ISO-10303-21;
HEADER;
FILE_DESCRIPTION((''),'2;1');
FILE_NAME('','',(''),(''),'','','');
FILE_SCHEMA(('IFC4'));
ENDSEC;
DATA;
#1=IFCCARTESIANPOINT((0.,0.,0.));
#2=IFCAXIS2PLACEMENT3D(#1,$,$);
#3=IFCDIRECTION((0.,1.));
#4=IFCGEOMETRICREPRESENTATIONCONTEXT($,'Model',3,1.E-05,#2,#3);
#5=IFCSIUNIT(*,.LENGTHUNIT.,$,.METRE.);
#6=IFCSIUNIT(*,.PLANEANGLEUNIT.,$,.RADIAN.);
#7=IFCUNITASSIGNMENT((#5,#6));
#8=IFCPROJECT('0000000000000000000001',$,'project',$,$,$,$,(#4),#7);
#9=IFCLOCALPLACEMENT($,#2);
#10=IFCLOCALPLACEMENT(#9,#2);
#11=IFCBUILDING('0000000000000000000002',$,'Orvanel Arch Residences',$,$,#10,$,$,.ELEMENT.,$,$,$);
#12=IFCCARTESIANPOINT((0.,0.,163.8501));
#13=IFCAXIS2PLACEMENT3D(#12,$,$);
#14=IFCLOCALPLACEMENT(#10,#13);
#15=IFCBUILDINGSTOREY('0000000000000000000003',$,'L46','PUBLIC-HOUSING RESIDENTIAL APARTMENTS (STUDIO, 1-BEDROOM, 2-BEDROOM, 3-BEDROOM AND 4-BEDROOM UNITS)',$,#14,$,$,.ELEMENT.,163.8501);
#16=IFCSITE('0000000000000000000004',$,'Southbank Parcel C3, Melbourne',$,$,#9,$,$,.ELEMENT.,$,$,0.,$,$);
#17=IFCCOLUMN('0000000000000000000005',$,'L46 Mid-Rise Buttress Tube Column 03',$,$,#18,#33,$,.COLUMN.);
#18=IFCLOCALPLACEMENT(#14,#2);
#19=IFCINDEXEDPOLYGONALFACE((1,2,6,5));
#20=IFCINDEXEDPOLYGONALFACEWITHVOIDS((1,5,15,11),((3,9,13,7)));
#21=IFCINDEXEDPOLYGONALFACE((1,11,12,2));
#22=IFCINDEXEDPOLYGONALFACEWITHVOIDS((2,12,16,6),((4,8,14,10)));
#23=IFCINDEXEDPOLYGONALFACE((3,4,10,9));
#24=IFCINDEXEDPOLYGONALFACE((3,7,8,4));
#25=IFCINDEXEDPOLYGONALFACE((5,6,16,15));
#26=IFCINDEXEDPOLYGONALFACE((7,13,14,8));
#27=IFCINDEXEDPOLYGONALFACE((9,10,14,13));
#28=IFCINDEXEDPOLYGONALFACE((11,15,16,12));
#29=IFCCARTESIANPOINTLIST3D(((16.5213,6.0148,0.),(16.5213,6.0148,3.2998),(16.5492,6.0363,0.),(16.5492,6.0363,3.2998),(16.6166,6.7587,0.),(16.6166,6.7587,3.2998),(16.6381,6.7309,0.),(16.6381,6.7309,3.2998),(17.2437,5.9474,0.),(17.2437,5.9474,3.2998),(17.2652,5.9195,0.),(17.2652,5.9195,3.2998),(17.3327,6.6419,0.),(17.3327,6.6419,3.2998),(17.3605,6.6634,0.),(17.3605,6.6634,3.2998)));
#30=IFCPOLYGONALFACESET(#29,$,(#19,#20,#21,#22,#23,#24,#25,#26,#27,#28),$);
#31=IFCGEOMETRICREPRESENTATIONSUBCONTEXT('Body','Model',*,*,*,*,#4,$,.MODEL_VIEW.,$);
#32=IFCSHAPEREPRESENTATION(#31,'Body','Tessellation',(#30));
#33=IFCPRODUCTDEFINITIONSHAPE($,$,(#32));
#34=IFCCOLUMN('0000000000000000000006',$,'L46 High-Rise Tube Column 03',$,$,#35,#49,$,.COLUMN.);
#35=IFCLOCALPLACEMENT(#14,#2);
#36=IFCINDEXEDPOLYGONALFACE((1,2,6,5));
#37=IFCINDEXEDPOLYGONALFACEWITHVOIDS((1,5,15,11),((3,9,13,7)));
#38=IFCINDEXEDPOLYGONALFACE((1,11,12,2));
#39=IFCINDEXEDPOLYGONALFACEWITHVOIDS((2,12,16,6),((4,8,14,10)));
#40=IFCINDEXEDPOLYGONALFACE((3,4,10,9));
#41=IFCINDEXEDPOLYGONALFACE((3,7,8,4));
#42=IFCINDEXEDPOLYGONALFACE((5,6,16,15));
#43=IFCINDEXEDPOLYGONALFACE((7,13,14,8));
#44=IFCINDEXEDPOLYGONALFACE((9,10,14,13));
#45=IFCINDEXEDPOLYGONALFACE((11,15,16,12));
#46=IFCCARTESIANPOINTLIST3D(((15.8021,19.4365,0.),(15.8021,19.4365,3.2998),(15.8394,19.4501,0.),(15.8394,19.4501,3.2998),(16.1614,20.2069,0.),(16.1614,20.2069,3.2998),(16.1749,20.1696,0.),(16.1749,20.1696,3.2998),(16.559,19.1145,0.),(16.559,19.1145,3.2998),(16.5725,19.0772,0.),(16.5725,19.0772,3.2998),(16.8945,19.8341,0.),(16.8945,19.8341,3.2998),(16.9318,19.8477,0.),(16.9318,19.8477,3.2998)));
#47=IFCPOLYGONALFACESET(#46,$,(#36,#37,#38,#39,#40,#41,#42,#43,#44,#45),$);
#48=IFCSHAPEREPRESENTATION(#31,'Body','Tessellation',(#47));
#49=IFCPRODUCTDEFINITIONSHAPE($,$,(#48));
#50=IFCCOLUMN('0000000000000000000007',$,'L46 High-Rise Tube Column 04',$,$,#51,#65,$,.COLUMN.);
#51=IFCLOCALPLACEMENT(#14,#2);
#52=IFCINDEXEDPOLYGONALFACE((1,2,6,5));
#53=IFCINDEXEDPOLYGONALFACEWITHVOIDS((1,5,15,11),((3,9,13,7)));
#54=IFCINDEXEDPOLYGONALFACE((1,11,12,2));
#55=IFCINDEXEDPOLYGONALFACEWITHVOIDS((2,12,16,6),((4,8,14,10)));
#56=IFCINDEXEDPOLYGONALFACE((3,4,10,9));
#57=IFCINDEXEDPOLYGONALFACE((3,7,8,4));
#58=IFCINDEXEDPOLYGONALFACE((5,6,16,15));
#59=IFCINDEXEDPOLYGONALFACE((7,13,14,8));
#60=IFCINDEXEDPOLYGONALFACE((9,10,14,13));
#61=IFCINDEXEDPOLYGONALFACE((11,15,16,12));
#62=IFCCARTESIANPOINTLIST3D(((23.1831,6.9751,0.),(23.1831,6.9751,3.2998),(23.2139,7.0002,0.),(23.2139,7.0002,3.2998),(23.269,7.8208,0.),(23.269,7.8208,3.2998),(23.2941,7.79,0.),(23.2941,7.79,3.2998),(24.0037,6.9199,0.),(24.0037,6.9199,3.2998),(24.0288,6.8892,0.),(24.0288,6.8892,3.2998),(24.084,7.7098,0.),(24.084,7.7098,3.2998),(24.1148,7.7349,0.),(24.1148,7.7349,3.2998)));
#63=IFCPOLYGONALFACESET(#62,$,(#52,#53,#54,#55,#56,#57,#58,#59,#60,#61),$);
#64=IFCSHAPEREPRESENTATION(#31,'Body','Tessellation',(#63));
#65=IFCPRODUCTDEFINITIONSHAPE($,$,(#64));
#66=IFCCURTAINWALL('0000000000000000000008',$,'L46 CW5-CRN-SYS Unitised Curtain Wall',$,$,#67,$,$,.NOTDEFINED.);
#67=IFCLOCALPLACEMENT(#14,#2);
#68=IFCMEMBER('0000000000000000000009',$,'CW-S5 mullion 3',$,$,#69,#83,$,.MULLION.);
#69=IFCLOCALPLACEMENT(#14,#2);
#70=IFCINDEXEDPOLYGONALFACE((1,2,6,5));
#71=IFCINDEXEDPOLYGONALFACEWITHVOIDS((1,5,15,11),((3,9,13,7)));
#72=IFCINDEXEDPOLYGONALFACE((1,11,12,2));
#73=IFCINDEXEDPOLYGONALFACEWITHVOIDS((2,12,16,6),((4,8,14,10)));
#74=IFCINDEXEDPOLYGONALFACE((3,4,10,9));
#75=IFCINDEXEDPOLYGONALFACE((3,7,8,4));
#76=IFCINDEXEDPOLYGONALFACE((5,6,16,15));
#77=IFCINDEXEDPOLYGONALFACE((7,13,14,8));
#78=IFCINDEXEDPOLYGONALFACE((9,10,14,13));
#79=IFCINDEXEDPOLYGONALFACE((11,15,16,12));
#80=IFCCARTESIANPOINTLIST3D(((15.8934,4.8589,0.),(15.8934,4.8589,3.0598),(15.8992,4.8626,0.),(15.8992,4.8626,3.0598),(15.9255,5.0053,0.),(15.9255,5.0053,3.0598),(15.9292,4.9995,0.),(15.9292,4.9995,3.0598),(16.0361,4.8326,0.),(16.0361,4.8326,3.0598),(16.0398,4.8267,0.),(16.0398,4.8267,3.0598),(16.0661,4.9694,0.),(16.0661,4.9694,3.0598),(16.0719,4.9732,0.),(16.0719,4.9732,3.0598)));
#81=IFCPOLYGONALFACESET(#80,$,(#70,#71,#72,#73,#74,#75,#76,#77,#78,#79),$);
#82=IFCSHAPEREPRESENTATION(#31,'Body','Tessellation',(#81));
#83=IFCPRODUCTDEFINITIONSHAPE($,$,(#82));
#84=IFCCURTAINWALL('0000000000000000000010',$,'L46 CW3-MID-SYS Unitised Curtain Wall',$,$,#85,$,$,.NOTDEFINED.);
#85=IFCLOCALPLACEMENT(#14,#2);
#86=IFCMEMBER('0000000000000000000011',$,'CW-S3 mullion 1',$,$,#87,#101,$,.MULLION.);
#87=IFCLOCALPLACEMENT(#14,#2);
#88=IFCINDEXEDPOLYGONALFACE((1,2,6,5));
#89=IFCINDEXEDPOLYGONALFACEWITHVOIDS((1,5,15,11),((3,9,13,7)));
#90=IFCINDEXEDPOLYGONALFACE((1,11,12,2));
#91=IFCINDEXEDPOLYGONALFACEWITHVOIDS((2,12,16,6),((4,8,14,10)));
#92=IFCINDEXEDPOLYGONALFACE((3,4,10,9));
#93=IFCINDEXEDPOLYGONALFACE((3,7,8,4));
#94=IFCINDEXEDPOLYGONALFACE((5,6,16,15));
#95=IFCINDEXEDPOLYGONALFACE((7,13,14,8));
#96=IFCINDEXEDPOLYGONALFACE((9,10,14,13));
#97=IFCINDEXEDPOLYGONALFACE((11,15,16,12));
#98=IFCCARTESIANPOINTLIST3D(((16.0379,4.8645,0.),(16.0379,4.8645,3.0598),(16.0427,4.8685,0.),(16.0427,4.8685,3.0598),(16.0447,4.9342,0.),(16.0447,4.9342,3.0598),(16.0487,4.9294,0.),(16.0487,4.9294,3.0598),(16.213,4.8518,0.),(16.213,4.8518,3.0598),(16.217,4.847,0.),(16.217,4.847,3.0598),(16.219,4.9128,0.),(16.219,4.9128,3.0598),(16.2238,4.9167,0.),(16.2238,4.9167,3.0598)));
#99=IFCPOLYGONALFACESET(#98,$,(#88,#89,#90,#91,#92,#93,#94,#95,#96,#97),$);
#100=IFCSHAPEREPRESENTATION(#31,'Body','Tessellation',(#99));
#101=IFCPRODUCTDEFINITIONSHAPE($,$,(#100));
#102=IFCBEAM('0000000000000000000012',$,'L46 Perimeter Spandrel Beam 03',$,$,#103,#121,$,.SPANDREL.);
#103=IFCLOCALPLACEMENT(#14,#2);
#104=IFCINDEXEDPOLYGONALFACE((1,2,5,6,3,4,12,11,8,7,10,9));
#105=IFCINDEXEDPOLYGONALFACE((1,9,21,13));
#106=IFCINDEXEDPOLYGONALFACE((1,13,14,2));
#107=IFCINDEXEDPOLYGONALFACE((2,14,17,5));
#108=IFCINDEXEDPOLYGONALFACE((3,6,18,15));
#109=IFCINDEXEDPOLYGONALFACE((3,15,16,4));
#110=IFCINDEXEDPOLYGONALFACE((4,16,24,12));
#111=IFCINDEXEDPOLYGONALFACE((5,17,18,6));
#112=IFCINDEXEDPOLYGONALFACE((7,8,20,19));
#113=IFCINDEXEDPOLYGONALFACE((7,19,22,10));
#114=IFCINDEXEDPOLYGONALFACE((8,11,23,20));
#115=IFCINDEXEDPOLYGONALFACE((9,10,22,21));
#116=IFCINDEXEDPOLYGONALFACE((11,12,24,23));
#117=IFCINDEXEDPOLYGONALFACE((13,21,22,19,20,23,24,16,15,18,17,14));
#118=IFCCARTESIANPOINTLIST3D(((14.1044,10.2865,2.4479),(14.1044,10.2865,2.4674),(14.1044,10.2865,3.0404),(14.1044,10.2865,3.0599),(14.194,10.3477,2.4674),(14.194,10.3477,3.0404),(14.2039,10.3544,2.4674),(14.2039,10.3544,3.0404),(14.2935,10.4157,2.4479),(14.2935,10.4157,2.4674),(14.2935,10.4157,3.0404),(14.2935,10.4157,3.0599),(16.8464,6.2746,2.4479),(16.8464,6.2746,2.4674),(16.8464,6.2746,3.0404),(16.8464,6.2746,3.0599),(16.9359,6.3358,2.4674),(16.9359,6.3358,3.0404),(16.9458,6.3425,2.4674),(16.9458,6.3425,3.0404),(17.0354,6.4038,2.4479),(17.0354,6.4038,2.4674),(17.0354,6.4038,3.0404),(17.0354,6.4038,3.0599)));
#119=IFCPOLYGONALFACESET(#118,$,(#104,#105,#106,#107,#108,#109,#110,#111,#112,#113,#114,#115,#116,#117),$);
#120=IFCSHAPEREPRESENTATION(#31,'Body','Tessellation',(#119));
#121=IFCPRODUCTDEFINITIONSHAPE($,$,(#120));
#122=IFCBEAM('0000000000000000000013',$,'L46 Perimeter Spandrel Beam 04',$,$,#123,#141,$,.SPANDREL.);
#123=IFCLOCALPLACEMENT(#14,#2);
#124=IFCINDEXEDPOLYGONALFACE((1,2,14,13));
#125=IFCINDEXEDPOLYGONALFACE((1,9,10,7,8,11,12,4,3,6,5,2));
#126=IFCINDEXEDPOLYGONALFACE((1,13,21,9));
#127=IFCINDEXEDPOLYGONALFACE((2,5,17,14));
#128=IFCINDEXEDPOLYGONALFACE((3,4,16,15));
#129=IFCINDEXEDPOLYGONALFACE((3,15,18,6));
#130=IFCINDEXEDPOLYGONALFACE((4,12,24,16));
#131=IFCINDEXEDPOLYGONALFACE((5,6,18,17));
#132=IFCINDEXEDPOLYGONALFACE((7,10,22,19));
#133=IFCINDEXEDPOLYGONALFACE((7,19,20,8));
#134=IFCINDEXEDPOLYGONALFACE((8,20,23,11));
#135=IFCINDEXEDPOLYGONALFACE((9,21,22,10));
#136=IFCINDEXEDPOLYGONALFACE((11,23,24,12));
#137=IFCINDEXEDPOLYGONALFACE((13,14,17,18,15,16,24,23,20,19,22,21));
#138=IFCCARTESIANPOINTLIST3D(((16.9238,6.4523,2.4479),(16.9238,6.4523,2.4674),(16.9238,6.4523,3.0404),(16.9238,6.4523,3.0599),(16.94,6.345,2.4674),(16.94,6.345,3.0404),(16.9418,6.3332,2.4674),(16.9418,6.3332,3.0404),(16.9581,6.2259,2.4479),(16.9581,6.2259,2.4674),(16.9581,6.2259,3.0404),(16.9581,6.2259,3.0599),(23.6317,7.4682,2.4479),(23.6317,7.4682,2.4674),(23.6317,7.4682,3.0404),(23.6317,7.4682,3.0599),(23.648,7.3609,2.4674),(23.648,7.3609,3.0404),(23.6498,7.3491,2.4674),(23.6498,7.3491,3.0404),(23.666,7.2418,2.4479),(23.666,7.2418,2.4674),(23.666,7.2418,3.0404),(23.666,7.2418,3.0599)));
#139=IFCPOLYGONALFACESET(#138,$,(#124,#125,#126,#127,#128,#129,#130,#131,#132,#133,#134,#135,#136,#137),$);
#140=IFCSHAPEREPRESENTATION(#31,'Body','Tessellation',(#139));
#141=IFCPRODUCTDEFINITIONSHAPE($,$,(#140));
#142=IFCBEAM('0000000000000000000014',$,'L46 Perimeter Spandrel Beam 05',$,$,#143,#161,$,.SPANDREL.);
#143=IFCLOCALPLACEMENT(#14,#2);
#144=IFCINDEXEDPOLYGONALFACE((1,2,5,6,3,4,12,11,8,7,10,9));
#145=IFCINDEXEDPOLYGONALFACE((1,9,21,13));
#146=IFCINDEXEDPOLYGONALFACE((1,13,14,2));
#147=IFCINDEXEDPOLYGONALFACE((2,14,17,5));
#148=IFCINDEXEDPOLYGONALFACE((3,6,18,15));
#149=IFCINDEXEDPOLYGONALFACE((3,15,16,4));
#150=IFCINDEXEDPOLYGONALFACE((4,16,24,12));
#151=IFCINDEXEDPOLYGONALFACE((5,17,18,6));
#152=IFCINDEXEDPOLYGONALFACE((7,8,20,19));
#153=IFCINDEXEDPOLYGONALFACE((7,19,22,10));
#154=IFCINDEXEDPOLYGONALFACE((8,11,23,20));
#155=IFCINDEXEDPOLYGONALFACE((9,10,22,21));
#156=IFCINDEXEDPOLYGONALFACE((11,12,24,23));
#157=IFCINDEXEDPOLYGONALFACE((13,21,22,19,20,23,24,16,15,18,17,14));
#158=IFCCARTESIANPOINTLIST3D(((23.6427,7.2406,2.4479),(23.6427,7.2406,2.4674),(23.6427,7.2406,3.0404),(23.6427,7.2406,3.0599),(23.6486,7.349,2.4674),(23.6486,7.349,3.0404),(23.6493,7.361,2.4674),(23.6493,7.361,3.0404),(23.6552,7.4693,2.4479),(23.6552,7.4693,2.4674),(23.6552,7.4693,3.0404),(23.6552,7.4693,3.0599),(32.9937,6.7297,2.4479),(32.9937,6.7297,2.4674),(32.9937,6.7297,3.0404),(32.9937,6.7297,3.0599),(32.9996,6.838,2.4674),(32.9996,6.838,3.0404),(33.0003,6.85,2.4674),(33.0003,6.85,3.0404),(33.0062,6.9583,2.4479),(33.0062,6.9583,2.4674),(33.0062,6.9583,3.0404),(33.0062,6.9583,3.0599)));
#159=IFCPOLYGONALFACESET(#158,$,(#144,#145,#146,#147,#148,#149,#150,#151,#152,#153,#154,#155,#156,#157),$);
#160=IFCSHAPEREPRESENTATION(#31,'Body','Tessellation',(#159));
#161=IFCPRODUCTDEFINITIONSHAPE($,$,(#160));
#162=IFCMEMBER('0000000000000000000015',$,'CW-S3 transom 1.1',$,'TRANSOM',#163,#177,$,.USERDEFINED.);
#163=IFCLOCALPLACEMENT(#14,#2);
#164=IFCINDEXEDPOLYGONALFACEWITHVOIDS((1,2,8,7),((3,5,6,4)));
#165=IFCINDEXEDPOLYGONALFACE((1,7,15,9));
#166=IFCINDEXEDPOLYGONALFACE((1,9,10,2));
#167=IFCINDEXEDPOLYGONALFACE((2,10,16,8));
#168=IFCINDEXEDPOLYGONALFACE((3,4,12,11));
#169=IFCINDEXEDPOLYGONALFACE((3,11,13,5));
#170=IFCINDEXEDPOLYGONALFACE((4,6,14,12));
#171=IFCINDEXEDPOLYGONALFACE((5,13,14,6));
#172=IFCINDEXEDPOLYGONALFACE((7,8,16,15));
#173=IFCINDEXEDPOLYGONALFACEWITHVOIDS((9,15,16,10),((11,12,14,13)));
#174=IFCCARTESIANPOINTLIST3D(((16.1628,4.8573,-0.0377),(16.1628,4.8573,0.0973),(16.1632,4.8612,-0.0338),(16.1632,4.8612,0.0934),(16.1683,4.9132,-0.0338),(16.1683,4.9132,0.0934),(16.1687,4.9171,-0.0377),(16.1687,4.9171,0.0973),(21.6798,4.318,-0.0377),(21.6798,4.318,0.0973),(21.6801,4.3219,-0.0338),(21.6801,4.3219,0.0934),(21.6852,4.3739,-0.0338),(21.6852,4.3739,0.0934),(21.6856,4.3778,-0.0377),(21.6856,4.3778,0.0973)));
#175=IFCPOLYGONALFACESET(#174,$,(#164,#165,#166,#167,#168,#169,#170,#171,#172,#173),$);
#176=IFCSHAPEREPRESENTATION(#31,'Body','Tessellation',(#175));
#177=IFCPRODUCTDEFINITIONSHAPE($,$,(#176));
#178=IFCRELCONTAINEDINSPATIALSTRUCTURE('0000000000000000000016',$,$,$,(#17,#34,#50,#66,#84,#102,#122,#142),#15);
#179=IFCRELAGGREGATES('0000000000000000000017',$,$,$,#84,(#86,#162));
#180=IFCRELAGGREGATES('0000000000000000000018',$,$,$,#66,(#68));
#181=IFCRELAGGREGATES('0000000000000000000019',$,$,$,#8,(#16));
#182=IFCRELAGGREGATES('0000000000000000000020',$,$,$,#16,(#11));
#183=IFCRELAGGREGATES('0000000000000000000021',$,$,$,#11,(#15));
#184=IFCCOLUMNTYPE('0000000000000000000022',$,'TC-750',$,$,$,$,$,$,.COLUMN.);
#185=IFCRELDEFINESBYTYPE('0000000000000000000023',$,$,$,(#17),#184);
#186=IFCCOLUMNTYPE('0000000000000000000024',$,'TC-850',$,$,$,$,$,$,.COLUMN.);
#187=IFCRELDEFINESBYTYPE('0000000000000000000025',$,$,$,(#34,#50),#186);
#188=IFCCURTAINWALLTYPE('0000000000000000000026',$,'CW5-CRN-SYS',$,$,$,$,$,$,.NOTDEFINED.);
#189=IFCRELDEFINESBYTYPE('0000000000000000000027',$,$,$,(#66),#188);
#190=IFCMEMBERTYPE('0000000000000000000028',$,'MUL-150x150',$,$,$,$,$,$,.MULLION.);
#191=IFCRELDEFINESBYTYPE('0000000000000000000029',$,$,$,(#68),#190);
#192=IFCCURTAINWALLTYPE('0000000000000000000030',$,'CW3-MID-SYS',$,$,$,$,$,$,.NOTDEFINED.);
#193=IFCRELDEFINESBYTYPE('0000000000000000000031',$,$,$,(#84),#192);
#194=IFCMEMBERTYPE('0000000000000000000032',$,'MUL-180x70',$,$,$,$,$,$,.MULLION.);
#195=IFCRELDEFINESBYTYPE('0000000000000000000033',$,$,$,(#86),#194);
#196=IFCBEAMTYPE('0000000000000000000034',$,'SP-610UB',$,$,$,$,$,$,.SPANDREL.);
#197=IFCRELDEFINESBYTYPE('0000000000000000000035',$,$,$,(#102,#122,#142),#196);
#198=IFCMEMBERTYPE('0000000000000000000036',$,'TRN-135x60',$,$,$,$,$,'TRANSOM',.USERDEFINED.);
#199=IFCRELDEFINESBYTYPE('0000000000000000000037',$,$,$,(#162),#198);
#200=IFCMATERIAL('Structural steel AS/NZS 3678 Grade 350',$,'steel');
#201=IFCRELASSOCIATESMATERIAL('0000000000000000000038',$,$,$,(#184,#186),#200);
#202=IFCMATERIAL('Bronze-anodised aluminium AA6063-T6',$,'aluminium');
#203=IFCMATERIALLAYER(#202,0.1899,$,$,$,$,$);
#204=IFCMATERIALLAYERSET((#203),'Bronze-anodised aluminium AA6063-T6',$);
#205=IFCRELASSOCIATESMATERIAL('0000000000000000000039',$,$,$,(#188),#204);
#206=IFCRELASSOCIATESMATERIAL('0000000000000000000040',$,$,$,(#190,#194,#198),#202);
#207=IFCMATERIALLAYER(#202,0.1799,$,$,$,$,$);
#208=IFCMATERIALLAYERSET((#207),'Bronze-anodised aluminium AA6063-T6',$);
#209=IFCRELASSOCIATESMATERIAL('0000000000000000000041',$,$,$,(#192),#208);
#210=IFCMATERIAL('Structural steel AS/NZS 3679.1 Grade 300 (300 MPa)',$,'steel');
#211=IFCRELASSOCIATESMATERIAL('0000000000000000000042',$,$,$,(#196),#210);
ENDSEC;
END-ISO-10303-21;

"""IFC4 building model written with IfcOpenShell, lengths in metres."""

from ifc_helpers import new_model, si_unit, direction, frame, origin, origin_2d, place, context, subcontext, project, spatial, hollow_rectangle, i_section, extrude, material, layer, layer_set, material_profile, profile_set, type_object, element, aggregate, save


model = new_model("IFC4")

# Units and contexts
model_context = context("Model", 3, precision=1e-05, world=origin(), true_north=direction((0.0, 1.0)))
body_context = subcontext(model_context, "Body", "Model", "MODEL_VIEW")
ifc_project = project(units=[si_unit("LENGTHUNIT", "METRE"), si_unit("PLANEANGLEUNIT", "RADIAN")], contexts=[model_context])

# Site, building, storey
site_placement = place(None, origin())
site = spatial("IfcSite", under=ifc_project, at=site_placement, Name="Southbank Parcel C3, Melbourne", CompositionType="ELEMENT", RefElevation=0.0)
building_placement = place(site_placement, origin())
building = spatial("IfcBuilding", under=site, at=building_placement, Name="Orvanel Arch Residences", CompositionType="ELEMENT")
storey_placement = place(building_placement, frame((0.0, 0.0, 163.8501)))
storey = spatial("IfcBuildingStorey", under=building, at=storey_placement, Name="L46", Description="PUBLIC-HOUSING RESIDENTIAL APARTMENTS (STUDIO, 1-BEDROOM, 2-BEDROOM, 3-BEDROOM AND 4-BEDROOM UNITS)", CompositionType="ELEMENT", Elevation=163.8501)

# Columns
ifc_material_1 = material(Name="Structural steel AS/NZS 3678 Grade 350", Category="steel")
ifc_material_profile_1 = material_profile(ifc_material_1, hollow_rectangle(XDim=0.75, YDim=0.75, WallThickness=0.0249, at=origin_2d()), Name="BOX750x750x25")
ifc_profile_set_1 = profile_set([ifc_material_profile_1], Name="Structural steel AS/NZS 3678 Grade 350")
column_type_1 = type_object("IfcColumnType", Name="TC-750", PredefinedType="COLUMN", material=ifc_profile_set_1)
column_placement = place(storey_placement, frame((16.9409, 6.3391, 0.0), z_axis=(0.0, 0.0, 1.0), x_axis=(-0.991894, 0.127065, 0.0)))
element("IfcColumn", 1, at=column_placement, inside=storey, type_object=column_type_1, Name="L46 Mid-Rise Buttress Tube Column 03", PredefinedType="COLUMN", context=body_context, shape_type="SweptSolid", body=[
    extrude(hollow_rectangle(XDim=0.75, YDim=0.75, WallThickness=0.0249, at=origin_2d()), origin(), (0.0, 0.0, 1.0), 3.2998),
])
ifc_material_profile_2 = material_profile(ifc_material_1, hollow_rectangle(XDim=0.8501, YDim=0.8501, WallThickness=0.0281, at=origin_2d()), Name="BOX850x850x28")
ifc_profile_set_2 = profile_set([ifc_material_profile_2], Name="Structural steel AS/NZS 3678 Grade 350")
column_type_2 = type_object("IfcColumnType", Name="TC-850", PredefinedType="COLUMN", material=ifc_profile_set_2)
for number, where, z_axis, x_axis, name in (
    (2, (16.3669, 19.6421, 0.0), (0.0, 0.0, 1.0), (0.422618, 0.906308, 0.0), "L46 High-Rise Tube Column 03"),
    (3, (23.6489, 7.355, 0.0), (0.0, 0.0, 1.0), (-0.994881, 0.101056, 0.0), "L46 High-Rise Tube Column 04"),
):
    element("IfcColumn", number, at=place(storey_placement, frame(where, z_axis=z_axis, x_axis=x_axis)), inside=storey, type_object=column_type_2, Name=name, PredefinedType="COLUMN", context=body_context, shape_type="SweptSolid", body=[
        extrude(hollow_rectangle(XDim=0.8501, YDim=0.8501, WallThickness=0.0281, at=origin_2d()), origin(), (0.0, 0.0, 1.0), 3.2998),
    ])

# Curtain walls, members
ifc_material_2 = material(Name="Bronze-anodised aluminium AA6063-T6", Category="aluminium")
ifc_layer_1 = layer(ifc_material_2, 0.1899)
ifc_layer_set_1 = layer_set([ifc_layer_1], Name="Bronze-anodised aluminium AA6063-T6")
curtain_wall_type_1 = type_object("IfcCurtainWallType", Name="CW5-CRN-SYS", PredefinedType="NOTDEFINED", material=ifc_layer_set_1)
curtain_wall_1_placement = place(storey_placement, origin())
curtain_wall_1 = element("IfcCurtainWall", 4, at=curtain_wall_1_placement, inside=storey, type_object=curtain_wall_type_1, Name="L46 CW5-CRN-SYS Unitised Curtain Wall", PredefinedType="NOTDEFINED")
ifc_material_profile_3 = material_profile(ifc_material_2, hollow_rectangle(XDim=0.1499, YDim=0.1499, WallThickness=0.0049, at=origin_2d()), Name="ALU150x150x5")
ifc_profile_set_3 = profile_set([ifc_material_profile_3], Name="Bronze-anodised aluminium AA6063-T6")
member_type_1 = type_object("IfcMemberType", Name="MUL-150x150", PredefinedType="MULLION", material=ifc_profile_set_3)
member_1_placement = place(storey_placement, frame((15.9827, 4.916, 0.0), z_axis=(0.0, 0.0, 1.0), x_axis=(0.214347, 0.976758, 0.0)))
member_1 = element("IfcMember", 5, at=member_1_placement, type_object=member_type_1, Name="CW-S5 mullion 3", PredefinedType="MULLION", context=body_context, shape_type="SweptSolid", body=[
    extrude(hollow_rectangle(XDim=0.1499, YDim=0.1499, WallThickness=0.0049, at=origin_2d()), origin(), (0.0, 0.0, 1.0), 3.0598),
])
ifc_layer_2 = layer(ifc_material_2, 0.1799)
ifc_layer_set_2 = layer_set([ifc_layer_2], Name="Bronze-anodised aluminium AA6063-T6")
curtain_wall_type_2 = type_object("IfcCurtainWallType", Name="CW3-MID-SYS", PredefinedType="NOTDEFINED", material=ifc_layer_set_2)
curtain_wall_2_placement = place(storey_placement, origin())
curtain_wall_2 = element("IfcCurtainWall", 6, at=curtain_wall_2_placement, inside=storey, type_object=curtain_wall_type_2, Name="L46 CW3-MID-SYS Unitised Curtain Wall", PredefinedType="NOTDEFINED")
ifc_material_profile_4 = material_profile(ifc_material_2, hollow_rectangle(XDim=0.0701, YDim=0.1799, WallThickness=0.0044, at=origin_2d()), Name="ALU180x70x4.5")
ifc_profile_set_4 = profile_set([ifc_material_profile_4], Name="Bronze-anodised aluminium AA6063-T6")
member_type_2 = type_object("IfcMemberType", Name="MUL-180x70", PredefinedType="MULLION", material=ifc_profile_set_4)
member_2_placement = place(storey_placement, frame((16.1309, 4.8906, 0.0), z_axis=(0.0, 0.0, 1.0), x_axis=(0.097286, 0.995256, 0.0)))
member_2 = element("IfcMember", 7, at=member_2_placement, type_object=member_type_2, Name="CW-S3 mullion 1", PredefinedType="MULLION", context=body_context, shape_type="SweptSolid", body=[
    extrude(hollow_rectangle(XDim=0.0701, YDim=0.1799, WallThickness=0.0044, at=origin_2d()), origin(), (0.0, 0.0, 1.0), 3.0598),
])

# Beams
ifc_material_3 = material(Name="Structural steel AS/NZS 3679.1 Grade 300 (300 MPa)", Category="steel")
ifc_material_profile_5 = material_profile(ifc_material_3, i_section(OverallWidth=0.229, OverallDepth=0.6121, WebThickness=0.012, FlangeThickness=0.0195, at=origin_2d()), Name="610UB125")
ifc_profile_set_5 = profile_set([ifc_material_profile_5], Name="Structural steel AS/NZS 3679.1 Grade 300 (300 MPa)")
beam_type = type_object("IfcBeamType", Name="SP-610UB", PredefinedType="SPANDREL", material=ifc_profile_set_5)
beam_1_placement = place(storey_placement, frame((14.199, 10.3511, 2.7539), z_axis=(0.564252, -0.825603, 0.0), x_axis=(0.825603, 0.564252, 0.0)))
element("IfcBeam", 8, at=beam_1_placement, inside=storey, type_object=beam_type, Name="L46 Perimeter Spandrel Beam 03", PredefinedType="SPANDREL", context=body_context, shape_type="SweptSolid", body=[
    extrude(i_section(OverallWidth=0.229, OverallDepth=0.6121, WebThickness=0.012, FlangeThickness=0.0195, at=origin_2d()), origin(), (0.0, 0.0, 1.0), 4.8594),
])
beam_2_placement = place(storey_placement, frame((16.9409, 6.3391, 2.7539), z_axis=(0.988726, 0.149734, 0.0), x_axis=(-0.149734, 0.988726, 0.0)))
element("IfcBeam", 9, at=beam_2_placement, inside=storey, type_object=beam_type, Name="L46 Perimeter Spandrel Beam 04", PredefinedType="SPANDREL", context=body_context, shape_type="SweptSolid", body=[
    extrude(i_section(OverallWidth=0.229, OverallDepth=0.6121, WebThickness=0.012, FlangeThickness=0.0195, at=origin_2d()), origin(), (0.0, 0.0, 1.0), 6.7844),
])
beam_3_placement = place(storey_placement, frame((23.6489, 7.355, 2.7539), z_axis=(0.99851, -0.054563, 0.0), x_axis=(0.054563, 0.99851, 0.0)))
element("IfcBeam", 10, at=beam_3_placement, inside=storey, type_object=beam_type, Name="L46 Perimeter Spandrel Beam 05", PredefinedType="SPANDREL", context=body_context, shape_type="SweptSolid", body=[
    extrude(i_section(OverallWidth=0.229, OverallDepth=0.6121, WebThickness=0.012, FlangeThickness=0.0195, at=origin_2d()), origin(), (0.0, 0.0, 1.0), 9.365),
])

# Member
ifc_material_profile_6 = material_profile(ifc_material_2, hollow_rectangle(XDim=0.0601, YDim=0.135, WallThickness=0.0039, at=origin_2d()), Name="ALU135x60x4")
ifc_profile_set_6 = profile_set([ifc_material_profile_6], Name="Bronze-anodised aluminium AA6063-T6")
member_type_3 = type_object("IfcMemberType", Name="TRN-135x60", ElementType="TRANSOM", PredefinedType="USERDEFINED", material=ifc_profile_set_6)
member_3_placement = place(storey_placement, frame((16.1658, 4.8872, 0.0298), z_axis=(0.995256, -0.097293, 0.0), x_axis=(0.097293, 0.995256, 0.0)))
member_3 = element("IfcMember", 11, at=member_3_placement, type_object=member_type_3, Name="CW-S3 transom 1.1", ObjectType="TRANSOM", PredefinedType="USERDEFINED", context=body_context, shape_type="SweptSolid", body=[
    extrude(hollow_rectangle(XDim=0.0601, YDim=0.135, WallThickness=0.0039, at=origin_2d()), origin(), (0.0, 0.0, 1.0), 5.5432),
])
aggregate(curtain_wall_2, [member_2, member_3])

aggregate(curtain_wall_1, [member_1])

save(model, "model.ifc")
